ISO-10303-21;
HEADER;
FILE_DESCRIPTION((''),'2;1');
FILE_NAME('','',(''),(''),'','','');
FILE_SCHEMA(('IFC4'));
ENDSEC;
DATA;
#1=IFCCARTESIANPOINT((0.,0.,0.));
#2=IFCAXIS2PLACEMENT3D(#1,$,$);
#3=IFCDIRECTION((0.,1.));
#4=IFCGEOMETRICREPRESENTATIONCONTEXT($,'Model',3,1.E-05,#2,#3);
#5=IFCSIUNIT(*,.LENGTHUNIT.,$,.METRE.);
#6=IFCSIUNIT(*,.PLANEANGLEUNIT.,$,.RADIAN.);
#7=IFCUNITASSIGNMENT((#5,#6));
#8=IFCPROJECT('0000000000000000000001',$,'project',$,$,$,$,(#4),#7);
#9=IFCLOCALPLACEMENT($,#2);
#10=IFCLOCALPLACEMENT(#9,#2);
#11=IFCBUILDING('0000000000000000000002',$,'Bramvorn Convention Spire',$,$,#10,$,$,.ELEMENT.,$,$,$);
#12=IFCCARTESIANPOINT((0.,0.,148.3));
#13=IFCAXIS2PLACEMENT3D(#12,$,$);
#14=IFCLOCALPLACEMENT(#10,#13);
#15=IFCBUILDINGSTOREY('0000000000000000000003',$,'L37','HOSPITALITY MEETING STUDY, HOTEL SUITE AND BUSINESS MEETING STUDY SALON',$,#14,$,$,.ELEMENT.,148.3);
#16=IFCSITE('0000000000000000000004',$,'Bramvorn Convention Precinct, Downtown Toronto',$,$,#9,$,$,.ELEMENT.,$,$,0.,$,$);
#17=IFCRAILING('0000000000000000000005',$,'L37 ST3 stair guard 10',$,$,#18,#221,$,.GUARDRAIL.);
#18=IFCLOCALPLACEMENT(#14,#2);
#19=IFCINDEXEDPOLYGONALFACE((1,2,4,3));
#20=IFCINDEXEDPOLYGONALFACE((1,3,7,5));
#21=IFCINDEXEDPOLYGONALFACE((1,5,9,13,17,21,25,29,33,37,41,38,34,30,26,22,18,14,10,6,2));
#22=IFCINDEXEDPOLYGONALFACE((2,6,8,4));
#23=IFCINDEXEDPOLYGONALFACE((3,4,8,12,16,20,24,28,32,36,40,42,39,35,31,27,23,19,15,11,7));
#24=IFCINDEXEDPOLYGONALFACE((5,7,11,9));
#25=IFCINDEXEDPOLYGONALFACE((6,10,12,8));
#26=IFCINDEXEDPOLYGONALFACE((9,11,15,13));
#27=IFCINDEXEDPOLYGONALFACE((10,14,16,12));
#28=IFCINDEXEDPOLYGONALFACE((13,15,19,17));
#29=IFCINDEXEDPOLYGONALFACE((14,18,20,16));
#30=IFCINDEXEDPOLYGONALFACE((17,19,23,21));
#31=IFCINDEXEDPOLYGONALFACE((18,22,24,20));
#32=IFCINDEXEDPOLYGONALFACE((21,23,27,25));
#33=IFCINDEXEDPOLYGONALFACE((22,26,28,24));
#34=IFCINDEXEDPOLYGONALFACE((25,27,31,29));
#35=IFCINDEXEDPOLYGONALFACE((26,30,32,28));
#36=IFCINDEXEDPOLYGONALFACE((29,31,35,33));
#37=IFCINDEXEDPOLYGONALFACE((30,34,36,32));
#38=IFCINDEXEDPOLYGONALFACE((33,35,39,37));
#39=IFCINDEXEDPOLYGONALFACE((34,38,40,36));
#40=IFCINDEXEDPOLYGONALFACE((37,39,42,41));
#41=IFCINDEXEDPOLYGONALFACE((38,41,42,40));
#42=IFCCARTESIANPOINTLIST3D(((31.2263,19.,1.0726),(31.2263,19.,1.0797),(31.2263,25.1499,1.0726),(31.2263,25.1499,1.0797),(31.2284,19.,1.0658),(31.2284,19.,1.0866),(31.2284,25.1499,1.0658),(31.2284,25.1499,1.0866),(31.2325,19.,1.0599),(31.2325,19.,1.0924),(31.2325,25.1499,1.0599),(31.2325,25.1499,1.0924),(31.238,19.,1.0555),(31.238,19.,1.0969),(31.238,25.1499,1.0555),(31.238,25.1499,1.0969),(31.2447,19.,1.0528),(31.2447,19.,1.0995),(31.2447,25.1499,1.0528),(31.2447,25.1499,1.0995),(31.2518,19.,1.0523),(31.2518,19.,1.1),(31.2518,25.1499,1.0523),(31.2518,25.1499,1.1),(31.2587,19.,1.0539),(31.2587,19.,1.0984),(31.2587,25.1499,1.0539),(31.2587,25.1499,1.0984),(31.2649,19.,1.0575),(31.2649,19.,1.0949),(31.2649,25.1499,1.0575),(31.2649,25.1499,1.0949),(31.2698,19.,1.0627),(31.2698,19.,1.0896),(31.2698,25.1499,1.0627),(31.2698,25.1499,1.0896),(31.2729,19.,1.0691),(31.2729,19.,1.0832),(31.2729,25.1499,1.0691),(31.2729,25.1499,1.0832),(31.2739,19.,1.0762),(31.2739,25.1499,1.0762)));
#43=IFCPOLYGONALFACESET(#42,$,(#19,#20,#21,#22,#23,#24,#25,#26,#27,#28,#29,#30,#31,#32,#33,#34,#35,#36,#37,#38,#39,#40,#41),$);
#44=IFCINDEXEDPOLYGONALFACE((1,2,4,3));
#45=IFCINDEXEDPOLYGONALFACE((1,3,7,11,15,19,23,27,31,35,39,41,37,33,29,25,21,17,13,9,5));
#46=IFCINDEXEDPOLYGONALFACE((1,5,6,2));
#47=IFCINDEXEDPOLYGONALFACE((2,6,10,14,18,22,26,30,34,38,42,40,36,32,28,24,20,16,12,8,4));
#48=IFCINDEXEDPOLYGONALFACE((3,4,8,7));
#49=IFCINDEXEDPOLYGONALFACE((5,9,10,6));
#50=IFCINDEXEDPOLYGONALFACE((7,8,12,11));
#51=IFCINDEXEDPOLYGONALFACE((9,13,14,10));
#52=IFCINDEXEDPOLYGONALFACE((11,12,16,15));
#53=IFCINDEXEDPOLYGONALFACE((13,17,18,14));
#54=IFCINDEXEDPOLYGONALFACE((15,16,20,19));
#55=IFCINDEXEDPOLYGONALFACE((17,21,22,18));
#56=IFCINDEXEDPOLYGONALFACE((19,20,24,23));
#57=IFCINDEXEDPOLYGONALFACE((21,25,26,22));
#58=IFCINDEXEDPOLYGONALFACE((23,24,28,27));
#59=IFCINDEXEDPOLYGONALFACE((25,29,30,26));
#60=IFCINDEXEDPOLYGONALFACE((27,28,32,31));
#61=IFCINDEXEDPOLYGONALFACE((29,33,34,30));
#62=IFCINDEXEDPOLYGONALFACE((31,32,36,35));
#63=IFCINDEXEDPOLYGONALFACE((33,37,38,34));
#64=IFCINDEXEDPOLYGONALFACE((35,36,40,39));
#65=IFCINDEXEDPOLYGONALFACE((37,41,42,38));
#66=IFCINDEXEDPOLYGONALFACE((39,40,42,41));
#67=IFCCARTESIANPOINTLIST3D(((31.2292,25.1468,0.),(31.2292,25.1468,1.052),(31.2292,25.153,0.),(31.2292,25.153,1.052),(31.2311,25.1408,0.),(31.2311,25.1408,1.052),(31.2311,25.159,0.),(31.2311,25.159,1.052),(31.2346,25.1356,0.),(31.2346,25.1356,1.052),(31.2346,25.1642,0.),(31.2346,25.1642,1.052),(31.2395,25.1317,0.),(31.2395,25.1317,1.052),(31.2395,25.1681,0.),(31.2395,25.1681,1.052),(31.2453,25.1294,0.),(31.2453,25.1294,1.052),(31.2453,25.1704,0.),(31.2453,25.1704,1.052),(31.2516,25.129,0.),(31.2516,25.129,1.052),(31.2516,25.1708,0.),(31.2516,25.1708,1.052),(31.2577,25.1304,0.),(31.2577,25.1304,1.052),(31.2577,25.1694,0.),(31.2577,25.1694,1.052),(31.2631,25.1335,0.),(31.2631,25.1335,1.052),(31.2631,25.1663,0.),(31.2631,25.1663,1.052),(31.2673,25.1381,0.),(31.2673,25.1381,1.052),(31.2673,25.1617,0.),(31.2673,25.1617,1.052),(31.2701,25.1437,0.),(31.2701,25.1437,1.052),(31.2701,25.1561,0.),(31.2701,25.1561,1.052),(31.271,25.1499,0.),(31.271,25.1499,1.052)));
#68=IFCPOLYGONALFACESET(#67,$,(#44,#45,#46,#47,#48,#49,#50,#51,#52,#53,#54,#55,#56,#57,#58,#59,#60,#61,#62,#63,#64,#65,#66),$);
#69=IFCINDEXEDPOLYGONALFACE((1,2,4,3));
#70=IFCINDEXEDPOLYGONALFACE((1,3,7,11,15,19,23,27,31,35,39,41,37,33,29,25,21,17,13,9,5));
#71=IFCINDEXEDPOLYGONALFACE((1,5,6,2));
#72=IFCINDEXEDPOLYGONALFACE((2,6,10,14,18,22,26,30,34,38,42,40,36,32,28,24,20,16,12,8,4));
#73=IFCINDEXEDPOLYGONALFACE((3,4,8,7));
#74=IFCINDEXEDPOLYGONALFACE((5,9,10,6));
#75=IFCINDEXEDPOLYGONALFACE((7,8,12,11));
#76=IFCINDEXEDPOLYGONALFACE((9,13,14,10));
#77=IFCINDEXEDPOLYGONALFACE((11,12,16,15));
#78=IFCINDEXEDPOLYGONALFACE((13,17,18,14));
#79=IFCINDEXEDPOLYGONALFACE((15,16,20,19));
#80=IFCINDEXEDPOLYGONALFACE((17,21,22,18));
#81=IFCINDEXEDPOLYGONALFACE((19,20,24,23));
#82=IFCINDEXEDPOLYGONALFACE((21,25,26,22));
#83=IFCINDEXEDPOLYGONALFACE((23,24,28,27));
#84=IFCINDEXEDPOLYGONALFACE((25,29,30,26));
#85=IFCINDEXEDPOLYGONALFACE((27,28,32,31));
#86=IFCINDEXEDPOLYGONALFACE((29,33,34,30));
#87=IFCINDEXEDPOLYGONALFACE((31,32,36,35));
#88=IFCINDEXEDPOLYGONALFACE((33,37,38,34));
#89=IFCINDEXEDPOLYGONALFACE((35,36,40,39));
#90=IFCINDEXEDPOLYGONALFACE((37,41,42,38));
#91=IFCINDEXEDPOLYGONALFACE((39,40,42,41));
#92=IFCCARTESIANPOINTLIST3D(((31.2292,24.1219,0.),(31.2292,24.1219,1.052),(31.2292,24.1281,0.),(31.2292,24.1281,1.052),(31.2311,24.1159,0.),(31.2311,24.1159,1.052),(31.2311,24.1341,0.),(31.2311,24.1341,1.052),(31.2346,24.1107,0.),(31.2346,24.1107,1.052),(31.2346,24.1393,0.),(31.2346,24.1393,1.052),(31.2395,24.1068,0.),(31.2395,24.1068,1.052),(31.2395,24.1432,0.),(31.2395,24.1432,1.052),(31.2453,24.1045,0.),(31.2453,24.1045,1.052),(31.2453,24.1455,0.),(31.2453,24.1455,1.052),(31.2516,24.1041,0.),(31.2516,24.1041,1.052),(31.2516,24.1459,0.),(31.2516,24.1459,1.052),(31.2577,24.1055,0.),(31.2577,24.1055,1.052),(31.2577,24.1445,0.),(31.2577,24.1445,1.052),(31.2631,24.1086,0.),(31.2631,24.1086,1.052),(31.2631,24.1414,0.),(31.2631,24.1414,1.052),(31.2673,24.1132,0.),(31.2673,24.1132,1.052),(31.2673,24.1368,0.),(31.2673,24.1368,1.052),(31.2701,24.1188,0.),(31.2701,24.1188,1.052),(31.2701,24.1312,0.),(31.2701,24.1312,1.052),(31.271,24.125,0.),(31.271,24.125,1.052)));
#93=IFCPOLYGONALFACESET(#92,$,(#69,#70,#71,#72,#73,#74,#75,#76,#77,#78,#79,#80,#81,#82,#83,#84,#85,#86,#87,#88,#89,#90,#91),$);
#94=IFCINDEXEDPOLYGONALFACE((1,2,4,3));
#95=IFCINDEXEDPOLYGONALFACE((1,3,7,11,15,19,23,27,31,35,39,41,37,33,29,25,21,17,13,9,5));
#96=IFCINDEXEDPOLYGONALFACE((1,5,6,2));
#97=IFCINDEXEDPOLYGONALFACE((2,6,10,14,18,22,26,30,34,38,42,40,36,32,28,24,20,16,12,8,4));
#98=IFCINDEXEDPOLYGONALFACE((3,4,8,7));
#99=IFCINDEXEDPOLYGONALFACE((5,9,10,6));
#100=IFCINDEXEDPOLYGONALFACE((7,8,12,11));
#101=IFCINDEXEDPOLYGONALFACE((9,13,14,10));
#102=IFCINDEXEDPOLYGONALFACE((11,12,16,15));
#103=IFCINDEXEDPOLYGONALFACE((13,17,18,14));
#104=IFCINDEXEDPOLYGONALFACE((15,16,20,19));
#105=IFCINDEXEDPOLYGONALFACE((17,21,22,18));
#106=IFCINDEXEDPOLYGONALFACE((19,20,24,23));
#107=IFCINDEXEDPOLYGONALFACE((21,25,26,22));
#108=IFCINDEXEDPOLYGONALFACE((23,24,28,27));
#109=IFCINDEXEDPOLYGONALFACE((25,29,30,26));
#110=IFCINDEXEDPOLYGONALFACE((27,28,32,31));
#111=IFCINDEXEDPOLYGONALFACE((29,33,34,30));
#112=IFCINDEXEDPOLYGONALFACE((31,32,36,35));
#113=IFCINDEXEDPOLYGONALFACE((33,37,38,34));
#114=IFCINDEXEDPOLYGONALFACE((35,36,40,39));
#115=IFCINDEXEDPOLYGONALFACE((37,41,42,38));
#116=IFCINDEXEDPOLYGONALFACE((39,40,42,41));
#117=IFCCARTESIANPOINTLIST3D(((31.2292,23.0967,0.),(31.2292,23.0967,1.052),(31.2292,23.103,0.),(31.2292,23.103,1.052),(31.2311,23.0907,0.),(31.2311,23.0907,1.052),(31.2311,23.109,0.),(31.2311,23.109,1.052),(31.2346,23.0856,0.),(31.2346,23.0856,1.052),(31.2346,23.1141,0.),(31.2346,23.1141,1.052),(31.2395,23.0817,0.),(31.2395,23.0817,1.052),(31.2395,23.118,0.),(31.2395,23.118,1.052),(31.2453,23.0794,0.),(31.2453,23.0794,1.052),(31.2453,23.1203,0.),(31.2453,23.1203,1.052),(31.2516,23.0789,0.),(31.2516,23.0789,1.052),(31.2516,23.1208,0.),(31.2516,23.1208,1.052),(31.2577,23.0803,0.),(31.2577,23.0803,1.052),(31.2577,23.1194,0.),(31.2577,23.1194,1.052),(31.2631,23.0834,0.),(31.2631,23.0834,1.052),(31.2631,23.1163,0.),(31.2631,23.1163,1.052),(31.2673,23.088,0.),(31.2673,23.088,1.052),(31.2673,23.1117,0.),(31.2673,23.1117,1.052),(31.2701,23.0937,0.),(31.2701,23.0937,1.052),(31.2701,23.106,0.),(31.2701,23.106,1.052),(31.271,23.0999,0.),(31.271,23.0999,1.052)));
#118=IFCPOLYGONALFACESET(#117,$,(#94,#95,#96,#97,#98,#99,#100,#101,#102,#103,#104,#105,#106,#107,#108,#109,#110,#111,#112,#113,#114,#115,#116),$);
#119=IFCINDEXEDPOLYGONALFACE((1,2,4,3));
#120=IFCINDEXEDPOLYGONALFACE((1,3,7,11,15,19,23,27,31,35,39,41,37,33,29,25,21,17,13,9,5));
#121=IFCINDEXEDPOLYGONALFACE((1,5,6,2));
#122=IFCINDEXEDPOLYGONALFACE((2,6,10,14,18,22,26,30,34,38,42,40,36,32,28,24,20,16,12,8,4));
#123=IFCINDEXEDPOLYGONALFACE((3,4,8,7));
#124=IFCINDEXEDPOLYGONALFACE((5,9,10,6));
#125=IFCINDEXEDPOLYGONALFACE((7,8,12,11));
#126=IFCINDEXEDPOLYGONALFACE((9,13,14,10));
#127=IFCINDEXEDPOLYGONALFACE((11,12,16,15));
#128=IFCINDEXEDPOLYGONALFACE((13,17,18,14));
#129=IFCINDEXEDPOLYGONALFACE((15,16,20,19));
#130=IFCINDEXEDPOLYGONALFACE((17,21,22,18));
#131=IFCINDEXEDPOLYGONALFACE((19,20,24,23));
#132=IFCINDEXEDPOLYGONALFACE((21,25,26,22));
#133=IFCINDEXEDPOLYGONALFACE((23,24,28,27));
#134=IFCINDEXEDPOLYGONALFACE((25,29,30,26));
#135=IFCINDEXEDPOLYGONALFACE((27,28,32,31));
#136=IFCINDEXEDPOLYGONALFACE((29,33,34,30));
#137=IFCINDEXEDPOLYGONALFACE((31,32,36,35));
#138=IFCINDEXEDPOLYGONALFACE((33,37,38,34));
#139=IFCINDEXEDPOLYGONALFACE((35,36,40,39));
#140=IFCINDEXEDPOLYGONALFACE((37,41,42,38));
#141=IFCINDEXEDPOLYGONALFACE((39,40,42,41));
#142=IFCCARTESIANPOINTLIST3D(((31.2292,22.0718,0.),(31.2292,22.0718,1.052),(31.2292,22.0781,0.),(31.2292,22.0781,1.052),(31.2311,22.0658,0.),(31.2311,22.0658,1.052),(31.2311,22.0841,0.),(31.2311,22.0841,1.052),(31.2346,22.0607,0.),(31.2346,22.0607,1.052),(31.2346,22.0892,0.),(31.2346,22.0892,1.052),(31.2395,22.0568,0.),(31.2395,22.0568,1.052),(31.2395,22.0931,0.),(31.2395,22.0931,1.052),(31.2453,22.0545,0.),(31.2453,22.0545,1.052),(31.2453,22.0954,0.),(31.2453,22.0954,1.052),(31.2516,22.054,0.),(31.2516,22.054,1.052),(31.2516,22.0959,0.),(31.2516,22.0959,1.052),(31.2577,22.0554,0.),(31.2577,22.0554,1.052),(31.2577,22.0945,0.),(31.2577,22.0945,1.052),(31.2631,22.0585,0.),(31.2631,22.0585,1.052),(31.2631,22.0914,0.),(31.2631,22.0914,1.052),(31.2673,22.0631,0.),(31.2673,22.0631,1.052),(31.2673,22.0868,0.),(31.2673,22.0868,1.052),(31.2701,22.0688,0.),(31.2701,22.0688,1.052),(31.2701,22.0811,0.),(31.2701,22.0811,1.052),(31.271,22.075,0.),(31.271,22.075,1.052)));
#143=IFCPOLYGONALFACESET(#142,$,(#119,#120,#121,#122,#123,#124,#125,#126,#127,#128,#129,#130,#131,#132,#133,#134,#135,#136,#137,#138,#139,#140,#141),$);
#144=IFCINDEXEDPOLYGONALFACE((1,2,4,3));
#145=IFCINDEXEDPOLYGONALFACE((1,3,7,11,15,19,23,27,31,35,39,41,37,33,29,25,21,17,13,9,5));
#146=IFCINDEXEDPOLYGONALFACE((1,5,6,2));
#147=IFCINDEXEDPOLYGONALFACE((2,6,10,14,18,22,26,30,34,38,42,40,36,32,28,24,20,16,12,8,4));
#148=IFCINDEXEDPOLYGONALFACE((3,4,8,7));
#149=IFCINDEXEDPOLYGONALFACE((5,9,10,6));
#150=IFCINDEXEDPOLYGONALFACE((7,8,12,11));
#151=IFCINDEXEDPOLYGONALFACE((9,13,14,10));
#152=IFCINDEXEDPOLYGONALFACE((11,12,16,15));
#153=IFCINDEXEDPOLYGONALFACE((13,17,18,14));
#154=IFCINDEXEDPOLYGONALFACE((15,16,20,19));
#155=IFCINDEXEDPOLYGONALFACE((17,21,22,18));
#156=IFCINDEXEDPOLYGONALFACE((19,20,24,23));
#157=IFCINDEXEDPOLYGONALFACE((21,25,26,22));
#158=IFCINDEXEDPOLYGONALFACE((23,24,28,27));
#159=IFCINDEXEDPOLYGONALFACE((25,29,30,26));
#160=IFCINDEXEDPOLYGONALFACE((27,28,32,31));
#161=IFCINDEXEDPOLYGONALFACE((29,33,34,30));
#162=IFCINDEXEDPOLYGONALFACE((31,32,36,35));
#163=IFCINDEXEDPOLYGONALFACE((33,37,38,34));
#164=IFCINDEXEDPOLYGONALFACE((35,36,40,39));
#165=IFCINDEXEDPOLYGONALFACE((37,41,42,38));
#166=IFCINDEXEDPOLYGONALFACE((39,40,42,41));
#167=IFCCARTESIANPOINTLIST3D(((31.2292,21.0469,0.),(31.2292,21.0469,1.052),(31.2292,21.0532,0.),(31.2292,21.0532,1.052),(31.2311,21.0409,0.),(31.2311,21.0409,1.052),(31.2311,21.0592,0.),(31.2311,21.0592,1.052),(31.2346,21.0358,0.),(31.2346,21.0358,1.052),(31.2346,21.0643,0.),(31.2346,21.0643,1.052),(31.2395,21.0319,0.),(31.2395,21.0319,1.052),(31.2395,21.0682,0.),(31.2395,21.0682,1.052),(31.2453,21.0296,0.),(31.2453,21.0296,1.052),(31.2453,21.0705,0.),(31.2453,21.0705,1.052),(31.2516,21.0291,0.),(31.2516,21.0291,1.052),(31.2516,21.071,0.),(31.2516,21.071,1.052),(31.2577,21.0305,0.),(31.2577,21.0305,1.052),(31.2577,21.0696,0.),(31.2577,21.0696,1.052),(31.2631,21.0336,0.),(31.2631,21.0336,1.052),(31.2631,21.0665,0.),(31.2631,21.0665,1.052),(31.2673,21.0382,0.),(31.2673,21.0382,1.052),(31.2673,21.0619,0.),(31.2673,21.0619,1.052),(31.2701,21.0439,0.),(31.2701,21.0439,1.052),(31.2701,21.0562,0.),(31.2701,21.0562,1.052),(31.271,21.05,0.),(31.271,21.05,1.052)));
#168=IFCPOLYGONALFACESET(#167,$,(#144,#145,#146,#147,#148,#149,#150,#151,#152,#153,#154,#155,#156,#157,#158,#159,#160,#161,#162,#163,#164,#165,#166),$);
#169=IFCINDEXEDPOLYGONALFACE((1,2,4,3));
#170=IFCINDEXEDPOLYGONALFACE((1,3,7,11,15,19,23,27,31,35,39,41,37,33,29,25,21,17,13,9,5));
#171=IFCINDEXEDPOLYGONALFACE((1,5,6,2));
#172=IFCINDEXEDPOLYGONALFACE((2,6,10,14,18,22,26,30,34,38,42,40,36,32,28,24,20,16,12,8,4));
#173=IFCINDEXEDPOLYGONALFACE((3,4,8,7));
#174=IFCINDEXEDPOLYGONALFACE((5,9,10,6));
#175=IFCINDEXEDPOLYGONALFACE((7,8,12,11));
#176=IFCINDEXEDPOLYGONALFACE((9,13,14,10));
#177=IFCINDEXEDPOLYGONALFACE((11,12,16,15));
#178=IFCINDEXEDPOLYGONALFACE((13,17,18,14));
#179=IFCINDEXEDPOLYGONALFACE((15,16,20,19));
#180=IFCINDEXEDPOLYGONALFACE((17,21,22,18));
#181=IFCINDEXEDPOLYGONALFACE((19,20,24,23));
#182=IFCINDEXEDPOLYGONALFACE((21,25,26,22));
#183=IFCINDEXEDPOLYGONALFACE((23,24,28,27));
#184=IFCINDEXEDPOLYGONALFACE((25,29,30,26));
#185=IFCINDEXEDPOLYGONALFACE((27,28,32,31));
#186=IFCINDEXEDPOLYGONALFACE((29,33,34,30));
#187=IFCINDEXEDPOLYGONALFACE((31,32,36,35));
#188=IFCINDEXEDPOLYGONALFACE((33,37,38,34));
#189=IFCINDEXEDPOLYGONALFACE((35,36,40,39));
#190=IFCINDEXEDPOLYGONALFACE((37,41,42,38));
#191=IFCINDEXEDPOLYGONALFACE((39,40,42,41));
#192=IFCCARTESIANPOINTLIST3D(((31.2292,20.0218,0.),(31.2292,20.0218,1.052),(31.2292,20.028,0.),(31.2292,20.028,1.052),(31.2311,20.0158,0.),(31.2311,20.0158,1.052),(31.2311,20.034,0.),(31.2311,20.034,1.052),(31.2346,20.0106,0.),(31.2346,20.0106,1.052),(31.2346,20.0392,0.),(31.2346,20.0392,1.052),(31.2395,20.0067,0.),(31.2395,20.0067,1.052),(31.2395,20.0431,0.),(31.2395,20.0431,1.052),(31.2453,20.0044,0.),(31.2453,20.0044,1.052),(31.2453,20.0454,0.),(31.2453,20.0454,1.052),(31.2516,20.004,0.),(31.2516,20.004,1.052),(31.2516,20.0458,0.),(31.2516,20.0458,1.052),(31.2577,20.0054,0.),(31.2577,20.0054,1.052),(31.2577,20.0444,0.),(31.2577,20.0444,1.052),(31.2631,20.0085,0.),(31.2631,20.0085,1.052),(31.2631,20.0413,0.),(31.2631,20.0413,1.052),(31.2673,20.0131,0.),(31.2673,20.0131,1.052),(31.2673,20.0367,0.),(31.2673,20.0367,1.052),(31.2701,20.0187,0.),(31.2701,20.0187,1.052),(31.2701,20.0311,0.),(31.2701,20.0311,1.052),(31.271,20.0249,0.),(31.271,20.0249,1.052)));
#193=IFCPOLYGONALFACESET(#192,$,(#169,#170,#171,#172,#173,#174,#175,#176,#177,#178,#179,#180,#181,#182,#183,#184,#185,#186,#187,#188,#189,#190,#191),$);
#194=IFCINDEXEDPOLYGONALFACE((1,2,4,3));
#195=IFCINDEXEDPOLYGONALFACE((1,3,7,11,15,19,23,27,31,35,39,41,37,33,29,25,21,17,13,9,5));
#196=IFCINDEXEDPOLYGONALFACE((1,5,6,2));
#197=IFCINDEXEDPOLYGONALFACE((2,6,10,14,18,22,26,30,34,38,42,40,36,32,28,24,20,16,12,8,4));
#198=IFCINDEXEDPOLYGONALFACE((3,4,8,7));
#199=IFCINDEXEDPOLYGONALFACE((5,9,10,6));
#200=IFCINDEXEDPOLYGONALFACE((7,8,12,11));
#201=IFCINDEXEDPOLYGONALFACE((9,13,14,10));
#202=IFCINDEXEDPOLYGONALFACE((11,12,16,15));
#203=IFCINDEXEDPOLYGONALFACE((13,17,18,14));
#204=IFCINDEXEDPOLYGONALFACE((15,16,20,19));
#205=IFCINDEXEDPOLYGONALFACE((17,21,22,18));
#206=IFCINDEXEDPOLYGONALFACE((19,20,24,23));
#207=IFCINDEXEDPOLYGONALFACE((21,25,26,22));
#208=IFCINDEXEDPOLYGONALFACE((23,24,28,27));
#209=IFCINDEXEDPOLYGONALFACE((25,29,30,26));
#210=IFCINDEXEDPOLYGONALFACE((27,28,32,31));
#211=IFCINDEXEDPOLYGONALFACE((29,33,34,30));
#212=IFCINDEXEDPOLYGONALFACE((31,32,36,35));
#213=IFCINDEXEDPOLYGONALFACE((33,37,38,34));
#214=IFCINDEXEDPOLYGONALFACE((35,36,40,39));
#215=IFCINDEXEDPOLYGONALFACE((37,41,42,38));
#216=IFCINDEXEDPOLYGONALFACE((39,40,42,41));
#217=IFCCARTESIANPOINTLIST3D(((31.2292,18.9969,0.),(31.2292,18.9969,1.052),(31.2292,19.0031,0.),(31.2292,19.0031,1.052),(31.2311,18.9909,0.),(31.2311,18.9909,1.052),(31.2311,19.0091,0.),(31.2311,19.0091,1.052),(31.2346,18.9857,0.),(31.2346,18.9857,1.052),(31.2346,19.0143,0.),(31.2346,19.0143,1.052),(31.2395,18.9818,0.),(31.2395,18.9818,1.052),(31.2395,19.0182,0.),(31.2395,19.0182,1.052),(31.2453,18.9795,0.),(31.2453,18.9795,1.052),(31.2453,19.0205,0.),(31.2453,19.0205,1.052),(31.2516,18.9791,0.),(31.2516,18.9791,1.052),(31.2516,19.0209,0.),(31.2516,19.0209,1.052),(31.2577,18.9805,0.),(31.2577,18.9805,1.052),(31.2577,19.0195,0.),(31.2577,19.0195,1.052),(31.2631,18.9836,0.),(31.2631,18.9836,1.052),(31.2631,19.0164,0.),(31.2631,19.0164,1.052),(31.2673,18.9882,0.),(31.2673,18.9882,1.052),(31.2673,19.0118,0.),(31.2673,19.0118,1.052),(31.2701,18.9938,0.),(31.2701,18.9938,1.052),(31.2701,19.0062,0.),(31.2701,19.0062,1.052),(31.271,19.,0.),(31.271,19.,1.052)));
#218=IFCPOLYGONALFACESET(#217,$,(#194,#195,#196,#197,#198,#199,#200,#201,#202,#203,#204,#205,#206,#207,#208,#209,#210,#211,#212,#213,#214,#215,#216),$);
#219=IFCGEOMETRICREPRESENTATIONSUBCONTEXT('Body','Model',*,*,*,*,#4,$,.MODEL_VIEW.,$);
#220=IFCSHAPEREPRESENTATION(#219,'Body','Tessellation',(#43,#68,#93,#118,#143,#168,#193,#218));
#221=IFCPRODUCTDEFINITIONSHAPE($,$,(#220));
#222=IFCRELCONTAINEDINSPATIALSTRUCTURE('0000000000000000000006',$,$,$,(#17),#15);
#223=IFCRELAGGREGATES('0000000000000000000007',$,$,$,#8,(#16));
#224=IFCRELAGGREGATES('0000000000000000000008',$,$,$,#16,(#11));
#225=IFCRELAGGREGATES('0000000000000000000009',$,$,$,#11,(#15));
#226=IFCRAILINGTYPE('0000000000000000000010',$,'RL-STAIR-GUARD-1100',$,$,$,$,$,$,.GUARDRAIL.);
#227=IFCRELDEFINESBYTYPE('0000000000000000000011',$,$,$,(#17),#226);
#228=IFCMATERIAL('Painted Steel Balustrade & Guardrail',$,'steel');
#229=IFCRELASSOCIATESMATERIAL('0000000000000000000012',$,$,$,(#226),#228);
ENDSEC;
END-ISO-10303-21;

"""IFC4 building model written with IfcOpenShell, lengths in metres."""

from ifc_helpers import new_model, si_unit, direction, frame, origin, origin_2d, place, context, subcontext, project, spatial, circle, extrude, material, type_object, element, save


model = new_model("IFC4")

# Units and contexts
model_context = context("Model", 3, precision=1e-05, world=origin(), true_north=direction((0.0, 1.0)))
body_context = subcontext(model_context, "Body", "Model", "MODEL_VIEW")
ifc_project = project(units=[si_unit("LENGTHUNIT", "METRE"), si_unit("PLANEANGLEUNIT", "RADIAN")], contexts=[model_context])

# Site, building, storey
site_placement = place(None, origin())
site = spatial("IfcSite", under=ifc_project, at=site_placement, Name="Bramvorn Convention Precinct, Downtown Toronto", CompositionType="ELEMENT", RefElevation=0.0)
building_placement = place(site_placement, origin())
building = spatial("IfcBuilding", under=site, at=building_placement, Name="Bramvorn Convention Spire", CompositionType="ELEMENT")
storey_placement = place(building_placement, frame((0.0, 0.0, 148.3)))
storey = spatial("IfcBuildingStorey", under=building, at=storey_placement, Name="L37", Description="HOSPITALITY MEETING STUDY, HOTEL SUITE AND BUSINESS MEETING STUDY SALON", CompositionType="ELEMENT", Elevation=148.3)

# Railing
ifc_material_1 = material(Name="Painted Steel Balustrade & Guardrail", Category="steel")
railing_type_1 = type_object("IfcRailingType", Name="RL-STAIR-GUARD-1100", PredefinedType="GUARDRAIL", material=ifc_material_1)
railing_1_placement = place(storey_placement, frame((31.25, 25.1499, 0.0)))
element("IfcRailing", 1, at=railing_1_placement, inside=storey, type_object=railing_type_1, Name="L37 ST3 stair guard 10", PredefinedType="GUARDRAIL", context=body_context, shape_type="SweptSolid", body=[
    extrude(circle(Radius=0.0239, at=origin_2d()), frame((0.0, 0.0, 1.0762), z_axis=(0.0, -1.0, 0.0), x_axis=(1.0, 0.0, 0.0)), (0.0, 0.0, 1.0), 6.1499),
    extrude(circle(Radius=0.021, at=origin_2d()), origin(), (0.0, 0.0, 1.0), 1.052),
    extrude(circle(Radius=0.021, at=origin_2d()), frame((0.0, -1.0249, 0.0)), (0.0, 0.0, 1.0), 1.052),
    extrude(circle(Radius=0.021, at=origin_2d()), frame((0.0, -2.05, 0.0)), (0.0, 0.0, 1.0), 1.052),
    extrude(circle(Radius=0.021, at=origin_2d()), frame((0.0, -3.075, 0.0)), (0.0, 0.0, 1.0), 1.052),
    extrude(circle(Radius=0.021, at=origin_2d()), frame((0.0, -4.0999, 0.0)), (0.0, 0.0, 1.0), 1.052),
    extrude(circle(Radius=0.021, at=origin_2d()), frame((0.0, -5.125, 0.0)), (0.0, 0.0, 1.0), 1.052),
    extrude(circle(Radius=0.021, at=origin_2d()), frame((0.0, -6.1499, 0.0)), (0.0, 0.0, 1.0), 1.052),
])

save(model, "model.ifc")
